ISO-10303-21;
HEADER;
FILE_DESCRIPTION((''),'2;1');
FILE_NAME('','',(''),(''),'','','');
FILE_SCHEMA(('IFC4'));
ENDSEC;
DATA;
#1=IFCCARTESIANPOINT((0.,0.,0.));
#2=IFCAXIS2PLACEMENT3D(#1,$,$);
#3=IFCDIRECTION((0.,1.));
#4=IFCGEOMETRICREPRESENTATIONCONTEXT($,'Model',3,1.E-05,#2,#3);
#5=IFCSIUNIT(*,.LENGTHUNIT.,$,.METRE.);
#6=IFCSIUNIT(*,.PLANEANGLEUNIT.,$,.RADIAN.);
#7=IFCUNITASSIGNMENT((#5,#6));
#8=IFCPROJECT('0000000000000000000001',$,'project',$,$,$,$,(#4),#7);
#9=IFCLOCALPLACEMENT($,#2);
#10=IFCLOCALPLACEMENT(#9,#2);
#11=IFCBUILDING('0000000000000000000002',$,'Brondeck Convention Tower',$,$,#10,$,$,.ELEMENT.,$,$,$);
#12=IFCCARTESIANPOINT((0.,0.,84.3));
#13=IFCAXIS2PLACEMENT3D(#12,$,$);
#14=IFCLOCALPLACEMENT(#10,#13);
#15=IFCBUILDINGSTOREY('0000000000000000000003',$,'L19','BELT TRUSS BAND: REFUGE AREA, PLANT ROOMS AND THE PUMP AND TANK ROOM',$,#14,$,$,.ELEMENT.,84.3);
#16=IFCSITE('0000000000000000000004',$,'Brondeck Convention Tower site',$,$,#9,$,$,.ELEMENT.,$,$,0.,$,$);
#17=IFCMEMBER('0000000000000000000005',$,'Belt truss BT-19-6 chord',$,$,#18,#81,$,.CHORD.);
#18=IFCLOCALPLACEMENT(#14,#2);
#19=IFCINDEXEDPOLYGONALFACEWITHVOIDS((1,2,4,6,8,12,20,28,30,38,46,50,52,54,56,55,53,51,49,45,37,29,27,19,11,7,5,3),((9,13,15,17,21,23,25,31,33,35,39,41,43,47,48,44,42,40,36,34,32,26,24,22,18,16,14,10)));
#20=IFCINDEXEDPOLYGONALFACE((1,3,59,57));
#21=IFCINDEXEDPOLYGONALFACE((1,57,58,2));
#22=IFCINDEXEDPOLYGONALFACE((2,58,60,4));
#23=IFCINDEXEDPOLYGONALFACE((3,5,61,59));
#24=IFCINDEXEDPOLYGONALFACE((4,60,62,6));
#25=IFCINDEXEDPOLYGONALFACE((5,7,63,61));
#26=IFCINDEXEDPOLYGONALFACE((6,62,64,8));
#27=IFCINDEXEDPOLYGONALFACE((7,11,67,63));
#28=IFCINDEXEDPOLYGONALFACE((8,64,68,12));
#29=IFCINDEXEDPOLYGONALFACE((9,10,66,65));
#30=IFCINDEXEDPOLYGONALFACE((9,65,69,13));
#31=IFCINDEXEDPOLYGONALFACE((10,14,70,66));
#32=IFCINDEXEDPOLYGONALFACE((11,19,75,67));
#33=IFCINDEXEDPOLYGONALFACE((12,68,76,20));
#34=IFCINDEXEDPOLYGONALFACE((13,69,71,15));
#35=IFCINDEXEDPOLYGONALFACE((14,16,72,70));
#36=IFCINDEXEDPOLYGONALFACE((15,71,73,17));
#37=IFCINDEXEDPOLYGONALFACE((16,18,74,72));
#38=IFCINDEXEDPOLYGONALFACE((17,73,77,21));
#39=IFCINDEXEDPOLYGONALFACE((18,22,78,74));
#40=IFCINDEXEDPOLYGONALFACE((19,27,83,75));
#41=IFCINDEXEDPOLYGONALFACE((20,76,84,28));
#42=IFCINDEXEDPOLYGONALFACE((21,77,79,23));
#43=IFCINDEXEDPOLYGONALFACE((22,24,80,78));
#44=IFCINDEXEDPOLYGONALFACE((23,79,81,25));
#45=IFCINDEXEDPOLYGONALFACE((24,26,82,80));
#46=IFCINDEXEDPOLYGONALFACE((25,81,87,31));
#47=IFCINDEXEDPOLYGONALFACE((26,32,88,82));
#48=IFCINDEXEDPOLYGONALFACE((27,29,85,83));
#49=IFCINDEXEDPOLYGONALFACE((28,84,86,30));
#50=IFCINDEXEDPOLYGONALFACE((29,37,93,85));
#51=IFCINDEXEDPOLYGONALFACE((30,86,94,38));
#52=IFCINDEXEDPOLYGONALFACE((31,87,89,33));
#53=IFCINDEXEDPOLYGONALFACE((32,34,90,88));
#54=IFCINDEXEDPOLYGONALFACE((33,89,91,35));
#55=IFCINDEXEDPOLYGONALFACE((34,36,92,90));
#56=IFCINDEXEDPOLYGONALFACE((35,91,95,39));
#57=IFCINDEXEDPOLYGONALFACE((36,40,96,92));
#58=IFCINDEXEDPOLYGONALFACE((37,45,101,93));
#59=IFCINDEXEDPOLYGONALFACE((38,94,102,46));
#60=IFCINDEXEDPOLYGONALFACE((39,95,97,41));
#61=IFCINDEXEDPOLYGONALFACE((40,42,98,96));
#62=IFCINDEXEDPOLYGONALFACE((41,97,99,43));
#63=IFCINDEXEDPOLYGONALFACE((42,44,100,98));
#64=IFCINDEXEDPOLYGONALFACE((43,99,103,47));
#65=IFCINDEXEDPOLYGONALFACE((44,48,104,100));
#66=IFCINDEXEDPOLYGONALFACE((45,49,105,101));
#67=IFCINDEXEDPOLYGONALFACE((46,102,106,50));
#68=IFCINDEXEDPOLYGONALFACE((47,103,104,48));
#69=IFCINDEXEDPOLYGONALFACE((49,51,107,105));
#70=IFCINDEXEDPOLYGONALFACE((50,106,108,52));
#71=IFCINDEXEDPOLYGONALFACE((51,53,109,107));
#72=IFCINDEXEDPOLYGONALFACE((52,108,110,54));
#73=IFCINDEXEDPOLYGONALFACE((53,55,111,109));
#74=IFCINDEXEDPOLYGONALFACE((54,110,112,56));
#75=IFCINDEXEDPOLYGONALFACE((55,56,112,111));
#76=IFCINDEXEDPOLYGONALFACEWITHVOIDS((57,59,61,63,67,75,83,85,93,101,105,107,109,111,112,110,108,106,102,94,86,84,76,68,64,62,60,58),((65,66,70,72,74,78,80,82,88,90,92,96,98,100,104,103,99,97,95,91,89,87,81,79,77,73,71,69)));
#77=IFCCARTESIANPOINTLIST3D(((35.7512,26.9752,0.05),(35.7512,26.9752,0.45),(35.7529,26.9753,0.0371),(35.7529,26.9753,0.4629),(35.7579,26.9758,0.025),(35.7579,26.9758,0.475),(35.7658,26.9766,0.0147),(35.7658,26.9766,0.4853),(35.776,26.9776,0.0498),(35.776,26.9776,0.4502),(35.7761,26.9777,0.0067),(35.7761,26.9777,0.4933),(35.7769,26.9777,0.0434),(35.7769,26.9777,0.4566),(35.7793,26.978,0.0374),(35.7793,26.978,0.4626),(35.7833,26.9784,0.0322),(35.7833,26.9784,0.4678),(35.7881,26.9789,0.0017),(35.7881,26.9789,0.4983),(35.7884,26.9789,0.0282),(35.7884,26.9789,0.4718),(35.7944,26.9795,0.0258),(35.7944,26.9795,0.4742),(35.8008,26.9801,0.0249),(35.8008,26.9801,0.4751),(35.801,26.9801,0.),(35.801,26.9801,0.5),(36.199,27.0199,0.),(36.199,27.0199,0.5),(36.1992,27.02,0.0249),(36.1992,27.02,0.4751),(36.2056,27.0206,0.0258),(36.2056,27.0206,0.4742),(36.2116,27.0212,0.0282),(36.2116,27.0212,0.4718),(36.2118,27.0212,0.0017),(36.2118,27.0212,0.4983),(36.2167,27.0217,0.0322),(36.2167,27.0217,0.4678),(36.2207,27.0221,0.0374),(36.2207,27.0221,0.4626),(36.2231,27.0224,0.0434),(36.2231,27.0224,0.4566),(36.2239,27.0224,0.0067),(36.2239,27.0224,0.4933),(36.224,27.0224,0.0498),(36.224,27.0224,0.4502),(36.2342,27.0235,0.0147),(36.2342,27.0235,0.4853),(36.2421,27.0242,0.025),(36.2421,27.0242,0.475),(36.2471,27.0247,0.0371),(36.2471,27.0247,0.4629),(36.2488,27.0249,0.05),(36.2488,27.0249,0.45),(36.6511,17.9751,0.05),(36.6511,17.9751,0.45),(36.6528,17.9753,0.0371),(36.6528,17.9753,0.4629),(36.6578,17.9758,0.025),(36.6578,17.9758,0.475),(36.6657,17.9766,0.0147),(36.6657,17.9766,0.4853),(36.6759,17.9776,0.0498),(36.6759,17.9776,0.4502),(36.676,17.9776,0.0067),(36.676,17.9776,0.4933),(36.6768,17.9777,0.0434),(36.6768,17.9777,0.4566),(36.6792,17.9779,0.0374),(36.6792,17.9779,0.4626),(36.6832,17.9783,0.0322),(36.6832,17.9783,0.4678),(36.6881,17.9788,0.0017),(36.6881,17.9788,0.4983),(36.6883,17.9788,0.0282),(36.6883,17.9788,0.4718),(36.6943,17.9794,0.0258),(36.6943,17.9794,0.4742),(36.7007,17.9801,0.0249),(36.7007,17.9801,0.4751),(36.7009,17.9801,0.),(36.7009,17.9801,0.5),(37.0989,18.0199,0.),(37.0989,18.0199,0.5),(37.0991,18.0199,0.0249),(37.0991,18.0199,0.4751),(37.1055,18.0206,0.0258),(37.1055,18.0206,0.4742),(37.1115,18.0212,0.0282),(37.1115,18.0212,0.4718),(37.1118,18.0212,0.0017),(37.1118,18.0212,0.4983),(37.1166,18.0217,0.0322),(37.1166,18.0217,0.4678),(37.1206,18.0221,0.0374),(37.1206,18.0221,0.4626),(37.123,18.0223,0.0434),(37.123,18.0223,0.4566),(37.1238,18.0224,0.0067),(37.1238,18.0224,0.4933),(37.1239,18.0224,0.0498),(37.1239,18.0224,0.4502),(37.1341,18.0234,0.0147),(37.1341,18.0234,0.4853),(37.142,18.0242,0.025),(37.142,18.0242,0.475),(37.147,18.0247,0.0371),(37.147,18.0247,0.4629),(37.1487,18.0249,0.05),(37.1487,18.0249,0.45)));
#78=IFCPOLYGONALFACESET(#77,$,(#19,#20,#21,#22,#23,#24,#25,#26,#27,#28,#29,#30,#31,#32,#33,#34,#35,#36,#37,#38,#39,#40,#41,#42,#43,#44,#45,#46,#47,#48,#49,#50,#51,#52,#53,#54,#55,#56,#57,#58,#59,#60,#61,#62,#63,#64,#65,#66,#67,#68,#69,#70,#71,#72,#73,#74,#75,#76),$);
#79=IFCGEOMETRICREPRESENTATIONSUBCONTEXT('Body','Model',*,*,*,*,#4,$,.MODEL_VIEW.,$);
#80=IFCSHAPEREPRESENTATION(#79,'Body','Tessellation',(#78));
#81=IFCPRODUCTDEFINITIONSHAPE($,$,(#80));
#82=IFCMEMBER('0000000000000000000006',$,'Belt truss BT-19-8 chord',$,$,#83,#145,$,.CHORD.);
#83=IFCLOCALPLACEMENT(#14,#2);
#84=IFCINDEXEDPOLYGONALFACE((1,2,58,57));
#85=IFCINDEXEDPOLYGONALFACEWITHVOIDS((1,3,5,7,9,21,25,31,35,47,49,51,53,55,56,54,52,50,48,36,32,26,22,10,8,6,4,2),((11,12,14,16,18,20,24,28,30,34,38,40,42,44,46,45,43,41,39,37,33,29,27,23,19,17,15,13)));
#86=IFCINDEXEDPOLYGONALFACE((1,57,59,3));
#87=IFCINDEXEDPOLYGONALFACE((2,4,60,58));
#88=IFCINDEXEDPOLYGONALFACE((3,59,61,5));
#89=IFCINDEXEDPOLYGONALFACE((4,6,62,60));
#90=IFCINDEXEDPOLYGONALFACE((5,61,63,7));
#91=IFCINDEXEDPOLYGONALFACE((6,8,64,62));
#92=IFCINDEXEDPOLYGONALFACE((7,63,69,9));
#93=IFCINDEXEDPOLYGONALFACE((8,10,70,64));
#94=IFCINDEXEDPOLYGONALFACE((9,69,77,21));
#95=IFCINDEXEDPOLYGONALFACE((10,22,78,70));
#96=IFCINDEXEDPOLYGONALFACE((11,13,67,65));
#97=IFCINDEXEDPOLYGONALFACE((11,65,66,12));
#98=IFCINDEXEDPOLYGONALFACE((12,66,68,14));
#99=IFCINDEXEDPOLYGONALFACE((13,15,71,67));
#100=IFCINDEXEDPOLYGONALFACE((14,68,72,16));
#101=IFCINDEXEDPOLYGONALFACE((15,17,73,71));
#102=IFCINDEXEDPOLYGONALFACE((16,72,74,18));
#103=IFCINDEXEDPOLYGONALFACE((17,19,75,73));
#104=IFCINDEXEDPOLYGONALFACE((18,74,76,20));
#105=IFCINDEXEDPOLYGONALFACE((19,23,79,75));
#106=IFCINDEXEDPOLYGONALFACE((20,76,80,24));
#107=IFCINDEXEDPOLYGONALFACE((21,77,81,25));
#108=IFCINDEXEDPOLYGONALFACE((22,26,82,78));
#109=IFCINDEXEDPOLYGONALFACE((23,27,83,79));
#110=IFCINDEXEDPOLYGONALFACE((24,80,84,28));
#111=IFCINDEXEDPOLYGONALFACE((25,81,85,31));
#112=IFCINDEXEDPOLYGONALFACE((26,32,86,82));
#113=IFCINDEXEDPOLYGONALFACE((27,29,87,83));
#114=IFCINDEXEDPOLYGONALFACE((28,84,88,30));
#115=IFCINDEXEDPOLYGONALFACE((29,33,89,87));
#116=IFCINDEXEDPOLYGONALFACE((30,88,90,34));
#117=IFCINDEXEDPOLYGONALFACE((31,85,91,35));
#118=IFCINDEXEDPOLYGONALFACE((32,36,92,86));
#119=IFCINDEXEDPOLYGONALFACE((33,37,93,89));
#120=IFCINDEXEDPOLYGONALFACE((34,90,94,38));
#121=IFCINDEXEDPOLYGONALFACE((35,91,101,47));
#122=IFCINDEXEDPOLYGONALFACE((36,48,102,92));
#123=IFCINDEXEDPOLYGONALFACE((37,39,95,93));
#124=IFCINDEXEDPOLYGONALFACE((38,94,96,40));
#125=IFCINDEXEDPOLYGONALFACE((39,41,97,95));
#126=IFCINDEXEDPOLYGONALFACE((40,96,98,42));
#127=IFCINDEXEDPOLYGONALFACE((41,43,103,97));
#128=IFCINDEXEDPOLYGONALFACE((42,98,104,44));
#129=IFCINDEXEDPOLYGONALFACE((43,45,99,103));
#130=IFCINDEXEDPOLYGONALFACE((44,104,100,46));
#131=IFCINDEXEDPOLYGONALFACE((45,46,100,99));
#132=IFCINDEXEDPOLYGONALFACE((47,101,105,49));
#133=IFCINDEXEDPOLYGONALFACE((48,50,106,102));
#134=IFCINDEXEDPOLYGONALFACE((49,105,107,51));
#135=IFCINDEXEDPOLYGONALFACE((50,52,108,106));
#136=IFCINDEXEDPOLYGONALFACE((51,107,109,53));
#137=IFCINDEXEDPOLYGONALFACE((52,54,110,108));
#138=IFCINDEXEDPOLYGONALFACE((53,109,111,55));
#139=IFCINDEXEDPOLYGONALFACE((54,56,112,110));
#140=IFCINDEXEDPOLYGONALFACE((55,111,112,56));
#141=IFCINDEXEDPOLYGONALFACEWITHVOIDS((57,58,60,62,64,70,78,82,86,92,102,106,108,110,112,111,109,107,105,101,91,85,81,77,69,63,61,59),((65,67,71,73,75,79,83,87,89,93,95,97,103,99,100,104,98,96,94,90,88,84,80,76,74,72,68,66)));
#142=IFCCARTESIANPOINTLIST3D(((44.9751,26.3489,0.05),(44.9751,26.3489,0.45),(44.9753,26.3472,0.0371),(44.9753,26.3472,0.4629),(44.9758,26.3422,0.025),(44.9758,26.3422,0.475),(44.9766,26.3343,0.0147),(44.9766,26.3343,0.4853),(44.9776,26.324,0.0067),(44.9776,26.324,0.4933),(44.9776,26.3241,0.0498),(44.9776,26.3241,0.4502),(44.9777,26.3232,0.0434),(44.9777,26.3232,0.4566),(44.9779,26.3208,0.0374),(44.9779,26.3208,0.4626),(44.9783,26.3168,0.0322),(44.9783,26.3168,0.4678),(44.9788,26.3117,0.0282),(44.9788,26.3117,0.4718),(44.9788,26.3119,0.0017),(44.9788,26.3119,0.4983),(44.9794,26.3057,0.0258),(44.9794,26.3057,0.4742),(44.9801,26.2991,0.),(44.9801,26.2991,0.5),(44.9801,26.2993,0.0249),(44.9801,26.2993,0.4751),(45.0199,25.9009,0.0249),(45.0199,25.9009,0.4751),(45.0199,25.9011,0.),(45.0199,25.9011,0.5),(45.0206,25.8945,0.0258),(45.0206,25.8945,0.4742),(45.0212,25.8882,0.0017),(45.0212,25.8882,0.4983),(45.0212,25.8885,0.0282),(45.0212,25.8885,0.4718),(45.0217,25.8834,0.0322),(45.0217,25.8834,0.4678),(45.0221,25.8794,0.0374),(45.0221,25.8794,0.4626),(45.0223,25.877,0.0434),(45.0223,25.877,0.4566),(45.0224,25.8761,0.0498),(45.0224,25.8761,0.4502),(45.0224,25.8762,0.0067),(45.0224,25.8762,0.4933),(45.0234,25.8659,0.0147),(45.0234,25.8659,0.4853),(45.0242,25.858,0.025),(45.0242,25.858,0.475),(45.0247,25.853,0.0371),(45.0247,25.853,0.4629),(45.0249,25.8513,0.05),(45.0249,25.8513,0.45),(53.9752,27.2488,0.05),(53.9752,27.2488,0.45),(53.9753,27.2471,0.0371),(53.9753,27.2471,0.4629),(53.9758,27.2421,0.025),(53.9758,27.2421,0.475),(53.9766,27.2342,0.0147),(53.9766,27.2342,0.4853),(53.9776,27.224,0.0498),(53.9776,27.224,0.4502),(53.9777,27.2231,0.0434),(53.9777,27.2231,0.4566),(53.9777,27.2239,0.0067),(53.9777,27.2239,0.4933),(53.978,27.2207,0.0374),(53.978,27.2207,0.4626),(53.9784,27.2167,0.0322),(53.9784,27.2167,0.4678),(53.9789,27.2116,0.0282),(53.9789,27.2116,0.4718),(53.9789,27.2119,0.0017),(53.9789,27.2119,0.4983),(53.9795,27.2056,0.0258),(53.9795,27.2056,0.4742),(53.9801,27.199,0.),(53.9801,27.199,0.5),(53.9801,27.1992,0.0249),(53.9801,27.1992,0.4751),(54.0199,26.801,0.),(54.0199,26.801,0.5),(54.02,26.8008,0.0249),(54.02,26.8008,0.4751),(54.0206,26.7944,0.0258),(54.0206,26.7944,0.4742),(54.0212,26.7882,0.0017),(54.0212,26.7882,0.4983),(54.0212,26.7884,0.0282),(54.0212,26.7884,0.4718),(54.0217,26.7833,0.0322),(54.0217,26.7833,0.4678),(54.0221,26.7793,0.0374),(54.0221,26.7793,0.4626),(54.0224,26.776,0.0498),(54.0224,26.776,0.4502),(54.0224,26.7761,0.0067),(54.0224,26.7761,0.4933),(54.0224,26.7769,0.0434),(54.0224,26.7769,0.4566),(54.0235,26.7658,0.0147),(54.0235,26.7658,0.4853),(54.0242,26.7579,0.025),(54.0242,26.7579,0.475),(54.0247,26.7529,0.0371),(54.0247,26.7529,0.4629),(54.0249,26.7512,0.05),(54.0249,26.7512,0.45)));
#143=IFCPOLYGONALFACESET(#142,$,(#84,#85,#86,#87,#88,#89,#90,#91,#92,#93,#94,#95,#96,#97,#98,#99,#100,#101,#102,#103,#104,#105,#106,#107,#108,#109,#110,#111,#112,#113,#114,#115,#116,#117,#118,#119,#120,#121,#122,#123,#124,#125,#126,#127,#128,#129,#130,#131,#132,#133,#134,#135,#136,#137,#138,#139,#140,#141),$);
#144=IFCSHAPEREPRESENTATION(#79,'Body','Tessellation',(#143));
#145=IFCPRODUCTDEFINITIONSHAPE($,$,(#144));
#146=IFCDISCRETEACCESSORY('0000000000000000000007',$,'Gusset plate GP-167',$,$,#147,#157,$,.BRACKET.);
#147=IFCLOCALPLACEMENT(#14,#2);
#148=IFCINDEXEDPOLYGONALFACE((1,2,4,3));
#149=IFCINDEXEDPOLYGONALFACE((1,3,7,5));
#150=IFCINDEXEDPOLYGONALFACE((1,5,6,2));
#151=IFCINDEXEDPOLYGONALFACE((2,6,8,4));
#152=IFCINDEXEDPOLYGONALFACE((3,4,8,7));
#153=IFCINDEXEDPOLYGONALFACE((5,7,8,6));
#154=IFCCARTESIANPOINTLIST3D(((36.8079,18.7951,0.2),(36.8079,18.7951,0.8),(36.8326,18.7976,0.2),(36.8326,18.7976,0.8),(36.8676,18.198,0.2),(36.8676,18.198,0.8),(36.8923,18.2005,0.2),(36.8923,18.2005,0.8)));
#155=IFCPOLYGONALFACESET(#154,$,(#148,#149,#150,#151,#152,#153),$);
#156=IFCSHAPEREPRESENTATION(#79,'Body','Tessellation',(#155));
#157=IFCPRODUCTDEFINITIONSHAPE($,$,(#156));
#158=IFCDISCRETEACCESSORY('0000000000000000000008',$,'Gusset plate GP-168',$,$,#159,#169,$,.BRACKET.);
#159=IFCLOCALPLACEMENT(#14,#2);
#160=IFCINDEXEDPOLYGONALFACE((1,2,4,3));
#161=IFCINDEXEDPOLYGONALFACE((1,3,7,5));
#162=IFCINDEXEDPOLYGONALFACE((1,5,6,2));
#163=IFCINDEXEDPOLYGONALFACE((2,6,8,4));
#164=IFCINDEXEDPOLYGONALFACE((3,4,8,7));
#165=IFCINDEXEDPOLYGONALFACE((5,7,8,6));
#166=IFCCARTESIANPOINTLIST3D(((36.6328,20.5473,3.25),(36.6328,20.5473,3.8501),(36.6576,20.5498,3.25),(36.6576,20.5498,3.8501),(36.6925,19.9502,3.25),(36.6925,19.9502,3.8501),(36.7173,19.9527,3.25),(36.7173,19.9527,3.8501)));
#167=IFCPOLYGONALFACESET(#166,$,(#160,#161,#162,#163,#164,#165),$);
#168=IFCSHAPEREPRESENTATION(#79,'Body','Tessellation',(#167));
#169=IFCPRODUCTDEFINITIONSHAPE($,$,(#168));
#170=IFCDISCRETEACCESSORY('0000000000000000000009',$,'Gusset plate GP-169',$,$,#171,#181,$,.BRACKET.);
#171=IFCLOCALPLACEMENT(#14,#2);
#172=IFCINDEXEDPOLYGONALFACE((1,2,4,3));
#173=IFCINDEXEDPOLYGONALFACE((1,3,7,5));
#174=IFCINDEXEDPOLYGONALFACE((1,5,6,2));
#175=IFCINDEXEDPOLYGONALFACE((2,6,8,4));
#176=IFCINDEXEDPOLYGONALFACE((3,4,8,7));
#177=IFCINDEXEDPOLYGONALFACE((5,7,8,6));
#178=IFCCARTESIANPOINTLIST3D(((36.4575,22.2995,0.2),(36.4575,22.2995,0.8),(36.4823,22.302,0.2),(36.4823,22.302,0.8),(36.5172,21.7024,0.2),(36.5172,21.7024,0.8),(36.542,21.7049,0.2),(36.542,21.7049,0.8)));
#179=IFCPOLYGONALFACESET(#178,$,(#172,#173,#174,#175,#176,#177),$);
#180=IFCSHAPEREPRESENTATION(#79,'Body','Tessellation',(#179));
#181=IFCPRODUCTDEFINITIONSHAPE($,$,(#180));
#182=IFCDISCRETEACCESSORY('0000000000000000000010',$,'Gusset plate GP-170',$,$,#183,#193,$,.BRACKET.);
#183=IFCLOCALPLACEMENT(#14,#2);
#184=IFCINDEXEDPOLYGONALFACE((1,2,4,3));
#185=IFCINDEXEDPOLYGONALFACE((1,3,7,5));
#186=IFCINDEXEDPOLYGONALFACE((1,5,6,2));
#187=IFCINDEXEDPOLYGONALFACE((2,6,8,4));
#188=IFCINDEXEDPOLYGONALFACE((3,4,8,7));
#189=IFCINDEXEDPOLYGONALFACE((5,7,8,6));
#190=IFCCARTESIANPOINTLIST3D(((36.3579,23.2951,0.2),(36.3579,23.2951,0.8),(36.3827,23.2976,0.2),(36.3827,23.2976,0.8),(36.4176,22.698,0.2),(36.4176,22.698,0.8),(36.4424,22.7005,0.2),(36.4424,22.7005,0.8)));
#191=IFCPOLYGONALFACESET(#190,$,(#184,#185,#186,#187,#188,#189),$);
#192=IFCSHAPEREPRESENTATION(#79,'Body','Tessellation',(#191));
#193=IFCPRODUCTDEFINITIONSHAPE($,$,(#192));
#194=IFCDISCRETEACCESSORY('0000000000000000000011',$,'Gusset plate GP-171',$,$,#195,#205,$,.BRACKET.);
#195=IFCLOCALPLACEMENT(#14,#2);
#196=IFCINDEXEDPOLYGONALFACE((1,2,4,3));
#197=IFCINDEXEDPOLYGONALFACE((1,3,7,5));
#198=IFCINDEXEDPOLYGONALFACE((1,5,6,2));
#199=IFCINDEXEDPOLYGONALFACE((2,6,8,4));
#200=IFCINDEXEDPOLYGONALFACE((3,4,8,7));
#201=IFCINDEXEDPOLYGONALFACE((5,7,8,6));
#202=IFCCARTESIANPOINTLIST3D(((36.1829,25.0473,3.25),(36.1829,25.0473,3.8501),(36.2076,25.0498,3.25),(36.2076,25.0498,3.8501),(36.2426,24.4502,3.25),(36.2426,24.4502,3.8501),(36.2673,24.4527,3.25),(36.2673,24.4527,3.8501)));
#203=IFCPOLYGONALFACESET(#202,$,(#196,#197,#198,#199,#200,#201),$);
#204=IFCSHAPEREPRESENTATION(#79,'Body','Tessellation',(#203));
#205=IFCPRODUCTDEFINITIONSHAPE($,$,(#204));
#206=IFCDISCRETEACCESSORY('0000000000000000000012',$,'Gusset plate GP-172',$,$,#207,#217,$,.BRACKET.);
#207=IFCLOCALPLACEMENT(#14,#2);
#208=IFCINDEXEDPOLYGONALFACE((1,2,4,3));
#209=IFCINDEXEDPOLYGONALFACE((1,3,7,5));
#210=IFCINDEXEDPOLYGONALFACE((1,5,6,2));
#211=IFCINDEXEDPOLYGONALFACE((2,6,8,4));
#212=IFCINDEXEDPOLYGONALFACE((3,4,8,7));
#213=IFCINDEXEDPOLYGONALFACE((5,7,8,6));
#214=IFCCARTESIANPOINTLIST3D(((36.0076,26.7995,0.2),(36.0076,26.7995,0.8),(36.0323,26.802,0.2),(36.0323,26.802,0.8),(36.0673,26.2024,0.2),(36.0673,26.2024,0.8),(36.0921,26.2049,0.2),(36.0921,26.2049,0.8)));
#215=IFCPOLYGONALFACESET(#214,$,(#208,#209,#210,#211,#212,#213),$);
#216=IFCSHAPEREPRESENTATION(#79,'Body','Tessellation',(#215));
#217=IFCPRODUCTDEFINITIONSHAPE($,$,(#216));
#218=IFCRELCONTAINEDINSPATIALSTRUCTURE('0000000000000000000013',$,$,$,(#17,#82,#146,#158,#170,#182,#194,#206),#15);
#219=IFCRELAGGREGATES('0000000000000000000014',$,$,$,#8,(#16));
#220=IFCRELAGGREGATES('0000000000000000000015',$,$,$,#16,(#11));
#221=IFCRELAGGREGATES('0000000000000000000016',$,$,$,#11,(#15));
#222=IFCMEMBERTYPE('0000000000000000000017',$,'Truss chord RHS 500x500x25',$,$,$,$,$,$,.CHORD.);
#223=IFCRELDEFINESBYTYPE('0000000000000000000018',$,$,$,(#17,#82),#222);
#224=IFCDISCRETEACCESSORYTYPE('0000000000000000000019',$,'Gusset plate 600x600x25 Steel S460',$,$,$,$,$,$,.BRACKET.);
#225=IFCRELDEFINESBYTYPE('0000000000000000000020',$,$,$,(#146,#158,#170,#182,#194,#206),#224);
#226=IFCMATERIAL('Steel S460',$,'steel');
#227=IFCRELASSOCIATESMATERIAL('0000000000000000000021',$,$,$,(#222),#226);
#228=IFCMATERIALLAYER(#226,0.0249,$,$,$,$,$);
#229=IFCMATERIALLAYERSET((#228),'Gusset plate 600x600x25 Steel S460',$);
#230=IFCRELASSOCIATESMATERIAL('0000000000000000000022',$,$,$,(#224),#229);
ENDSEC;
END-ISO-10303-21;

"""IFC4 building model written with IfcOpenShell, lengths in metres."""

from ifc_helpers import new_model, si_unit, direction, frame, origin, origin_2d, place, context, subcontext, project, spatial, rectangle, hollow_rectangle, extrude, material, layer, layer_set, material_profile, profile_set, type_object, element, save


model = new_model("IFC4")

# Units and contexts
model_context = context("Model", 3, precision=1e-05, world=origin(), true_north=direction((0.0, 1.0)))
body_context = subcontext(model_context, "Body", "Model", "MODEL_VIEW")
ifc_project = project(units=[si_unit("LENGTHUNIT", "METRE"), si_unit("PLANEANGLEUNIT", "RADIAN")], contexts=[model_context])

# Site, building, storey
site_placement = place(None, origin())
site = spatial("IfcSite", under=ifc_project, at=site_placement, Name="Brondeck Convention Tower site", CompositionType="ELEMENT", RefElevation=0.0)
building_placement = place(site_placement, origin())
building = spatial("IfcBuilding", under=site, at=building_placement, Name="Brondeck Convention Tower", CompositionType="ELEMENT")
storey_placement = place(building_placement, frame((0.0, 0.0, 84.3)))
storey = spatial("IfcBuildingStorey", under=building, at=storey_placement, Name="L19", Description="BELT TRUSS BAND: REFUGE AREA, PLANT ROOMS AND THE PUMP AND TANK ROOM", CompositionType="ELEMENT", Elevation=84.3)

# Shared definitions
ifc_material_1 = material(Name="Steel S460", Category="steel")

# Members
ifc_material_profile_1 = material_profile(ifc_material_1, hollow_rectangle(XDim=0.5, YDim=0.5, WallThickness=0.0249, InnerFilletRadius=0.0249, OuterFilletRadius=0.05, at=origin_2d()), Name="RHS 500x500x25")
ifc_profile_set_1 = profile_set([ifc_material_profile_1], Name="Steel S460")
member_type_1 = type_object("IfcMemberType", Name="Truss chord RHS 500x500x25", PredefinedType="CHORD", material=ifc_profile_set_1)
for number, where, z_axis, x_axis, name in (
    (1, (36.8999, 18.0, 0.25), (-0.099493, 0.995038, 0.0), (-0.995038, -0.099493, 0.0), "Belt truss BT-19-6 chord"),
    (2, (45.0, 26.1001, 0.25), (0.995038, 0.099493, 0.0), (-0.099493, 0.995038, 0.0), "Belt truss BT-19-8 chord"),
):
    element("IfcMember", number, at=place(storey_placement, frame(where, z_axis=z_axis, x_axis=x_axis)), inside=storey, type_object=member_type_1, Name=name, PredefinedType="CHORD", context=body_context, shape_type="SweptSolid", body=[
        extrude(hollow_rectangle(XDim=0.5, YDim=0.5, WallThickness=0.0249, InnerFilletRadius=0.0249, OuterFilletRadius=0.05, at=origin_2d()), origin(), (0.0, 0.0, 1.0), 9.0449),
    ])

# Discrete accessories
ifc_layer = layer(ifc_material_1, 0.0249)
ifc_layer_set = layer_set([ifc_layer], Name="Gusset plate 600x600x25 Steel S460")
discrete_accessory_type = type_object("IfcDiscreteAccessoryType", Name="Gusset plate 600x600x25 Steel S460", PredefinedType="BRACKET", material=ifc_layer_set)
for number, where, z_axis, x_axis, name in (
    (3, (36.8501, 18.4978, 0.2), (0.0, 0.0, 1.0), (-0.099511, 0.995036, 0.0), "Gusset plate GP-167"),
    (4, (36.675, 20.25, 3.25), (0.0, 0.0, 1.0), (-0.099511, 0.995036, 0.0), "Gusset plate GP-168"),
    (5, (36.4998, 22.0022, 0.2), (0.0, 0.0, 1.0), (-0.099511, 0.995036, 0.0), "Gusset plate GP-169"),
    (6, (36.4001, 22.9978, 0.2), (0.0, 0.0, 1.0), (-0.099511, 0.995036, 0.0), "Gusset plate GP-170"),
    (7, (36.2251, 24.75, 3.25), (0.0, 0.0, 1.0), (-0.099511, 0.995036, 0.0), "Gusset plate GP-171"),
    (8, (36.0498, 26.5022, 0.2), (0.0, 0.0, 1.0), (-0.099511, 0.995036, 0.0), "Gusset plate GP-172"),
):
    element("IfcDiscreteAccessory", number, at=place(storey_placement, frame(where, z_axis=z_axis, x_axis=x_axis)), inside=storey, type_object=discrete_accessory_type, Name=name, PredefinedType="BRACKET", context=body_context, shape_type="SweptSolid", body=[
        extrude(rectangle(XDim=0.6001, YDim=0.0249, at=origin_2d()), origin(), (0.0, 0.0, 1.0), 0.6001),
    ])

save(model, "model.ifc")
